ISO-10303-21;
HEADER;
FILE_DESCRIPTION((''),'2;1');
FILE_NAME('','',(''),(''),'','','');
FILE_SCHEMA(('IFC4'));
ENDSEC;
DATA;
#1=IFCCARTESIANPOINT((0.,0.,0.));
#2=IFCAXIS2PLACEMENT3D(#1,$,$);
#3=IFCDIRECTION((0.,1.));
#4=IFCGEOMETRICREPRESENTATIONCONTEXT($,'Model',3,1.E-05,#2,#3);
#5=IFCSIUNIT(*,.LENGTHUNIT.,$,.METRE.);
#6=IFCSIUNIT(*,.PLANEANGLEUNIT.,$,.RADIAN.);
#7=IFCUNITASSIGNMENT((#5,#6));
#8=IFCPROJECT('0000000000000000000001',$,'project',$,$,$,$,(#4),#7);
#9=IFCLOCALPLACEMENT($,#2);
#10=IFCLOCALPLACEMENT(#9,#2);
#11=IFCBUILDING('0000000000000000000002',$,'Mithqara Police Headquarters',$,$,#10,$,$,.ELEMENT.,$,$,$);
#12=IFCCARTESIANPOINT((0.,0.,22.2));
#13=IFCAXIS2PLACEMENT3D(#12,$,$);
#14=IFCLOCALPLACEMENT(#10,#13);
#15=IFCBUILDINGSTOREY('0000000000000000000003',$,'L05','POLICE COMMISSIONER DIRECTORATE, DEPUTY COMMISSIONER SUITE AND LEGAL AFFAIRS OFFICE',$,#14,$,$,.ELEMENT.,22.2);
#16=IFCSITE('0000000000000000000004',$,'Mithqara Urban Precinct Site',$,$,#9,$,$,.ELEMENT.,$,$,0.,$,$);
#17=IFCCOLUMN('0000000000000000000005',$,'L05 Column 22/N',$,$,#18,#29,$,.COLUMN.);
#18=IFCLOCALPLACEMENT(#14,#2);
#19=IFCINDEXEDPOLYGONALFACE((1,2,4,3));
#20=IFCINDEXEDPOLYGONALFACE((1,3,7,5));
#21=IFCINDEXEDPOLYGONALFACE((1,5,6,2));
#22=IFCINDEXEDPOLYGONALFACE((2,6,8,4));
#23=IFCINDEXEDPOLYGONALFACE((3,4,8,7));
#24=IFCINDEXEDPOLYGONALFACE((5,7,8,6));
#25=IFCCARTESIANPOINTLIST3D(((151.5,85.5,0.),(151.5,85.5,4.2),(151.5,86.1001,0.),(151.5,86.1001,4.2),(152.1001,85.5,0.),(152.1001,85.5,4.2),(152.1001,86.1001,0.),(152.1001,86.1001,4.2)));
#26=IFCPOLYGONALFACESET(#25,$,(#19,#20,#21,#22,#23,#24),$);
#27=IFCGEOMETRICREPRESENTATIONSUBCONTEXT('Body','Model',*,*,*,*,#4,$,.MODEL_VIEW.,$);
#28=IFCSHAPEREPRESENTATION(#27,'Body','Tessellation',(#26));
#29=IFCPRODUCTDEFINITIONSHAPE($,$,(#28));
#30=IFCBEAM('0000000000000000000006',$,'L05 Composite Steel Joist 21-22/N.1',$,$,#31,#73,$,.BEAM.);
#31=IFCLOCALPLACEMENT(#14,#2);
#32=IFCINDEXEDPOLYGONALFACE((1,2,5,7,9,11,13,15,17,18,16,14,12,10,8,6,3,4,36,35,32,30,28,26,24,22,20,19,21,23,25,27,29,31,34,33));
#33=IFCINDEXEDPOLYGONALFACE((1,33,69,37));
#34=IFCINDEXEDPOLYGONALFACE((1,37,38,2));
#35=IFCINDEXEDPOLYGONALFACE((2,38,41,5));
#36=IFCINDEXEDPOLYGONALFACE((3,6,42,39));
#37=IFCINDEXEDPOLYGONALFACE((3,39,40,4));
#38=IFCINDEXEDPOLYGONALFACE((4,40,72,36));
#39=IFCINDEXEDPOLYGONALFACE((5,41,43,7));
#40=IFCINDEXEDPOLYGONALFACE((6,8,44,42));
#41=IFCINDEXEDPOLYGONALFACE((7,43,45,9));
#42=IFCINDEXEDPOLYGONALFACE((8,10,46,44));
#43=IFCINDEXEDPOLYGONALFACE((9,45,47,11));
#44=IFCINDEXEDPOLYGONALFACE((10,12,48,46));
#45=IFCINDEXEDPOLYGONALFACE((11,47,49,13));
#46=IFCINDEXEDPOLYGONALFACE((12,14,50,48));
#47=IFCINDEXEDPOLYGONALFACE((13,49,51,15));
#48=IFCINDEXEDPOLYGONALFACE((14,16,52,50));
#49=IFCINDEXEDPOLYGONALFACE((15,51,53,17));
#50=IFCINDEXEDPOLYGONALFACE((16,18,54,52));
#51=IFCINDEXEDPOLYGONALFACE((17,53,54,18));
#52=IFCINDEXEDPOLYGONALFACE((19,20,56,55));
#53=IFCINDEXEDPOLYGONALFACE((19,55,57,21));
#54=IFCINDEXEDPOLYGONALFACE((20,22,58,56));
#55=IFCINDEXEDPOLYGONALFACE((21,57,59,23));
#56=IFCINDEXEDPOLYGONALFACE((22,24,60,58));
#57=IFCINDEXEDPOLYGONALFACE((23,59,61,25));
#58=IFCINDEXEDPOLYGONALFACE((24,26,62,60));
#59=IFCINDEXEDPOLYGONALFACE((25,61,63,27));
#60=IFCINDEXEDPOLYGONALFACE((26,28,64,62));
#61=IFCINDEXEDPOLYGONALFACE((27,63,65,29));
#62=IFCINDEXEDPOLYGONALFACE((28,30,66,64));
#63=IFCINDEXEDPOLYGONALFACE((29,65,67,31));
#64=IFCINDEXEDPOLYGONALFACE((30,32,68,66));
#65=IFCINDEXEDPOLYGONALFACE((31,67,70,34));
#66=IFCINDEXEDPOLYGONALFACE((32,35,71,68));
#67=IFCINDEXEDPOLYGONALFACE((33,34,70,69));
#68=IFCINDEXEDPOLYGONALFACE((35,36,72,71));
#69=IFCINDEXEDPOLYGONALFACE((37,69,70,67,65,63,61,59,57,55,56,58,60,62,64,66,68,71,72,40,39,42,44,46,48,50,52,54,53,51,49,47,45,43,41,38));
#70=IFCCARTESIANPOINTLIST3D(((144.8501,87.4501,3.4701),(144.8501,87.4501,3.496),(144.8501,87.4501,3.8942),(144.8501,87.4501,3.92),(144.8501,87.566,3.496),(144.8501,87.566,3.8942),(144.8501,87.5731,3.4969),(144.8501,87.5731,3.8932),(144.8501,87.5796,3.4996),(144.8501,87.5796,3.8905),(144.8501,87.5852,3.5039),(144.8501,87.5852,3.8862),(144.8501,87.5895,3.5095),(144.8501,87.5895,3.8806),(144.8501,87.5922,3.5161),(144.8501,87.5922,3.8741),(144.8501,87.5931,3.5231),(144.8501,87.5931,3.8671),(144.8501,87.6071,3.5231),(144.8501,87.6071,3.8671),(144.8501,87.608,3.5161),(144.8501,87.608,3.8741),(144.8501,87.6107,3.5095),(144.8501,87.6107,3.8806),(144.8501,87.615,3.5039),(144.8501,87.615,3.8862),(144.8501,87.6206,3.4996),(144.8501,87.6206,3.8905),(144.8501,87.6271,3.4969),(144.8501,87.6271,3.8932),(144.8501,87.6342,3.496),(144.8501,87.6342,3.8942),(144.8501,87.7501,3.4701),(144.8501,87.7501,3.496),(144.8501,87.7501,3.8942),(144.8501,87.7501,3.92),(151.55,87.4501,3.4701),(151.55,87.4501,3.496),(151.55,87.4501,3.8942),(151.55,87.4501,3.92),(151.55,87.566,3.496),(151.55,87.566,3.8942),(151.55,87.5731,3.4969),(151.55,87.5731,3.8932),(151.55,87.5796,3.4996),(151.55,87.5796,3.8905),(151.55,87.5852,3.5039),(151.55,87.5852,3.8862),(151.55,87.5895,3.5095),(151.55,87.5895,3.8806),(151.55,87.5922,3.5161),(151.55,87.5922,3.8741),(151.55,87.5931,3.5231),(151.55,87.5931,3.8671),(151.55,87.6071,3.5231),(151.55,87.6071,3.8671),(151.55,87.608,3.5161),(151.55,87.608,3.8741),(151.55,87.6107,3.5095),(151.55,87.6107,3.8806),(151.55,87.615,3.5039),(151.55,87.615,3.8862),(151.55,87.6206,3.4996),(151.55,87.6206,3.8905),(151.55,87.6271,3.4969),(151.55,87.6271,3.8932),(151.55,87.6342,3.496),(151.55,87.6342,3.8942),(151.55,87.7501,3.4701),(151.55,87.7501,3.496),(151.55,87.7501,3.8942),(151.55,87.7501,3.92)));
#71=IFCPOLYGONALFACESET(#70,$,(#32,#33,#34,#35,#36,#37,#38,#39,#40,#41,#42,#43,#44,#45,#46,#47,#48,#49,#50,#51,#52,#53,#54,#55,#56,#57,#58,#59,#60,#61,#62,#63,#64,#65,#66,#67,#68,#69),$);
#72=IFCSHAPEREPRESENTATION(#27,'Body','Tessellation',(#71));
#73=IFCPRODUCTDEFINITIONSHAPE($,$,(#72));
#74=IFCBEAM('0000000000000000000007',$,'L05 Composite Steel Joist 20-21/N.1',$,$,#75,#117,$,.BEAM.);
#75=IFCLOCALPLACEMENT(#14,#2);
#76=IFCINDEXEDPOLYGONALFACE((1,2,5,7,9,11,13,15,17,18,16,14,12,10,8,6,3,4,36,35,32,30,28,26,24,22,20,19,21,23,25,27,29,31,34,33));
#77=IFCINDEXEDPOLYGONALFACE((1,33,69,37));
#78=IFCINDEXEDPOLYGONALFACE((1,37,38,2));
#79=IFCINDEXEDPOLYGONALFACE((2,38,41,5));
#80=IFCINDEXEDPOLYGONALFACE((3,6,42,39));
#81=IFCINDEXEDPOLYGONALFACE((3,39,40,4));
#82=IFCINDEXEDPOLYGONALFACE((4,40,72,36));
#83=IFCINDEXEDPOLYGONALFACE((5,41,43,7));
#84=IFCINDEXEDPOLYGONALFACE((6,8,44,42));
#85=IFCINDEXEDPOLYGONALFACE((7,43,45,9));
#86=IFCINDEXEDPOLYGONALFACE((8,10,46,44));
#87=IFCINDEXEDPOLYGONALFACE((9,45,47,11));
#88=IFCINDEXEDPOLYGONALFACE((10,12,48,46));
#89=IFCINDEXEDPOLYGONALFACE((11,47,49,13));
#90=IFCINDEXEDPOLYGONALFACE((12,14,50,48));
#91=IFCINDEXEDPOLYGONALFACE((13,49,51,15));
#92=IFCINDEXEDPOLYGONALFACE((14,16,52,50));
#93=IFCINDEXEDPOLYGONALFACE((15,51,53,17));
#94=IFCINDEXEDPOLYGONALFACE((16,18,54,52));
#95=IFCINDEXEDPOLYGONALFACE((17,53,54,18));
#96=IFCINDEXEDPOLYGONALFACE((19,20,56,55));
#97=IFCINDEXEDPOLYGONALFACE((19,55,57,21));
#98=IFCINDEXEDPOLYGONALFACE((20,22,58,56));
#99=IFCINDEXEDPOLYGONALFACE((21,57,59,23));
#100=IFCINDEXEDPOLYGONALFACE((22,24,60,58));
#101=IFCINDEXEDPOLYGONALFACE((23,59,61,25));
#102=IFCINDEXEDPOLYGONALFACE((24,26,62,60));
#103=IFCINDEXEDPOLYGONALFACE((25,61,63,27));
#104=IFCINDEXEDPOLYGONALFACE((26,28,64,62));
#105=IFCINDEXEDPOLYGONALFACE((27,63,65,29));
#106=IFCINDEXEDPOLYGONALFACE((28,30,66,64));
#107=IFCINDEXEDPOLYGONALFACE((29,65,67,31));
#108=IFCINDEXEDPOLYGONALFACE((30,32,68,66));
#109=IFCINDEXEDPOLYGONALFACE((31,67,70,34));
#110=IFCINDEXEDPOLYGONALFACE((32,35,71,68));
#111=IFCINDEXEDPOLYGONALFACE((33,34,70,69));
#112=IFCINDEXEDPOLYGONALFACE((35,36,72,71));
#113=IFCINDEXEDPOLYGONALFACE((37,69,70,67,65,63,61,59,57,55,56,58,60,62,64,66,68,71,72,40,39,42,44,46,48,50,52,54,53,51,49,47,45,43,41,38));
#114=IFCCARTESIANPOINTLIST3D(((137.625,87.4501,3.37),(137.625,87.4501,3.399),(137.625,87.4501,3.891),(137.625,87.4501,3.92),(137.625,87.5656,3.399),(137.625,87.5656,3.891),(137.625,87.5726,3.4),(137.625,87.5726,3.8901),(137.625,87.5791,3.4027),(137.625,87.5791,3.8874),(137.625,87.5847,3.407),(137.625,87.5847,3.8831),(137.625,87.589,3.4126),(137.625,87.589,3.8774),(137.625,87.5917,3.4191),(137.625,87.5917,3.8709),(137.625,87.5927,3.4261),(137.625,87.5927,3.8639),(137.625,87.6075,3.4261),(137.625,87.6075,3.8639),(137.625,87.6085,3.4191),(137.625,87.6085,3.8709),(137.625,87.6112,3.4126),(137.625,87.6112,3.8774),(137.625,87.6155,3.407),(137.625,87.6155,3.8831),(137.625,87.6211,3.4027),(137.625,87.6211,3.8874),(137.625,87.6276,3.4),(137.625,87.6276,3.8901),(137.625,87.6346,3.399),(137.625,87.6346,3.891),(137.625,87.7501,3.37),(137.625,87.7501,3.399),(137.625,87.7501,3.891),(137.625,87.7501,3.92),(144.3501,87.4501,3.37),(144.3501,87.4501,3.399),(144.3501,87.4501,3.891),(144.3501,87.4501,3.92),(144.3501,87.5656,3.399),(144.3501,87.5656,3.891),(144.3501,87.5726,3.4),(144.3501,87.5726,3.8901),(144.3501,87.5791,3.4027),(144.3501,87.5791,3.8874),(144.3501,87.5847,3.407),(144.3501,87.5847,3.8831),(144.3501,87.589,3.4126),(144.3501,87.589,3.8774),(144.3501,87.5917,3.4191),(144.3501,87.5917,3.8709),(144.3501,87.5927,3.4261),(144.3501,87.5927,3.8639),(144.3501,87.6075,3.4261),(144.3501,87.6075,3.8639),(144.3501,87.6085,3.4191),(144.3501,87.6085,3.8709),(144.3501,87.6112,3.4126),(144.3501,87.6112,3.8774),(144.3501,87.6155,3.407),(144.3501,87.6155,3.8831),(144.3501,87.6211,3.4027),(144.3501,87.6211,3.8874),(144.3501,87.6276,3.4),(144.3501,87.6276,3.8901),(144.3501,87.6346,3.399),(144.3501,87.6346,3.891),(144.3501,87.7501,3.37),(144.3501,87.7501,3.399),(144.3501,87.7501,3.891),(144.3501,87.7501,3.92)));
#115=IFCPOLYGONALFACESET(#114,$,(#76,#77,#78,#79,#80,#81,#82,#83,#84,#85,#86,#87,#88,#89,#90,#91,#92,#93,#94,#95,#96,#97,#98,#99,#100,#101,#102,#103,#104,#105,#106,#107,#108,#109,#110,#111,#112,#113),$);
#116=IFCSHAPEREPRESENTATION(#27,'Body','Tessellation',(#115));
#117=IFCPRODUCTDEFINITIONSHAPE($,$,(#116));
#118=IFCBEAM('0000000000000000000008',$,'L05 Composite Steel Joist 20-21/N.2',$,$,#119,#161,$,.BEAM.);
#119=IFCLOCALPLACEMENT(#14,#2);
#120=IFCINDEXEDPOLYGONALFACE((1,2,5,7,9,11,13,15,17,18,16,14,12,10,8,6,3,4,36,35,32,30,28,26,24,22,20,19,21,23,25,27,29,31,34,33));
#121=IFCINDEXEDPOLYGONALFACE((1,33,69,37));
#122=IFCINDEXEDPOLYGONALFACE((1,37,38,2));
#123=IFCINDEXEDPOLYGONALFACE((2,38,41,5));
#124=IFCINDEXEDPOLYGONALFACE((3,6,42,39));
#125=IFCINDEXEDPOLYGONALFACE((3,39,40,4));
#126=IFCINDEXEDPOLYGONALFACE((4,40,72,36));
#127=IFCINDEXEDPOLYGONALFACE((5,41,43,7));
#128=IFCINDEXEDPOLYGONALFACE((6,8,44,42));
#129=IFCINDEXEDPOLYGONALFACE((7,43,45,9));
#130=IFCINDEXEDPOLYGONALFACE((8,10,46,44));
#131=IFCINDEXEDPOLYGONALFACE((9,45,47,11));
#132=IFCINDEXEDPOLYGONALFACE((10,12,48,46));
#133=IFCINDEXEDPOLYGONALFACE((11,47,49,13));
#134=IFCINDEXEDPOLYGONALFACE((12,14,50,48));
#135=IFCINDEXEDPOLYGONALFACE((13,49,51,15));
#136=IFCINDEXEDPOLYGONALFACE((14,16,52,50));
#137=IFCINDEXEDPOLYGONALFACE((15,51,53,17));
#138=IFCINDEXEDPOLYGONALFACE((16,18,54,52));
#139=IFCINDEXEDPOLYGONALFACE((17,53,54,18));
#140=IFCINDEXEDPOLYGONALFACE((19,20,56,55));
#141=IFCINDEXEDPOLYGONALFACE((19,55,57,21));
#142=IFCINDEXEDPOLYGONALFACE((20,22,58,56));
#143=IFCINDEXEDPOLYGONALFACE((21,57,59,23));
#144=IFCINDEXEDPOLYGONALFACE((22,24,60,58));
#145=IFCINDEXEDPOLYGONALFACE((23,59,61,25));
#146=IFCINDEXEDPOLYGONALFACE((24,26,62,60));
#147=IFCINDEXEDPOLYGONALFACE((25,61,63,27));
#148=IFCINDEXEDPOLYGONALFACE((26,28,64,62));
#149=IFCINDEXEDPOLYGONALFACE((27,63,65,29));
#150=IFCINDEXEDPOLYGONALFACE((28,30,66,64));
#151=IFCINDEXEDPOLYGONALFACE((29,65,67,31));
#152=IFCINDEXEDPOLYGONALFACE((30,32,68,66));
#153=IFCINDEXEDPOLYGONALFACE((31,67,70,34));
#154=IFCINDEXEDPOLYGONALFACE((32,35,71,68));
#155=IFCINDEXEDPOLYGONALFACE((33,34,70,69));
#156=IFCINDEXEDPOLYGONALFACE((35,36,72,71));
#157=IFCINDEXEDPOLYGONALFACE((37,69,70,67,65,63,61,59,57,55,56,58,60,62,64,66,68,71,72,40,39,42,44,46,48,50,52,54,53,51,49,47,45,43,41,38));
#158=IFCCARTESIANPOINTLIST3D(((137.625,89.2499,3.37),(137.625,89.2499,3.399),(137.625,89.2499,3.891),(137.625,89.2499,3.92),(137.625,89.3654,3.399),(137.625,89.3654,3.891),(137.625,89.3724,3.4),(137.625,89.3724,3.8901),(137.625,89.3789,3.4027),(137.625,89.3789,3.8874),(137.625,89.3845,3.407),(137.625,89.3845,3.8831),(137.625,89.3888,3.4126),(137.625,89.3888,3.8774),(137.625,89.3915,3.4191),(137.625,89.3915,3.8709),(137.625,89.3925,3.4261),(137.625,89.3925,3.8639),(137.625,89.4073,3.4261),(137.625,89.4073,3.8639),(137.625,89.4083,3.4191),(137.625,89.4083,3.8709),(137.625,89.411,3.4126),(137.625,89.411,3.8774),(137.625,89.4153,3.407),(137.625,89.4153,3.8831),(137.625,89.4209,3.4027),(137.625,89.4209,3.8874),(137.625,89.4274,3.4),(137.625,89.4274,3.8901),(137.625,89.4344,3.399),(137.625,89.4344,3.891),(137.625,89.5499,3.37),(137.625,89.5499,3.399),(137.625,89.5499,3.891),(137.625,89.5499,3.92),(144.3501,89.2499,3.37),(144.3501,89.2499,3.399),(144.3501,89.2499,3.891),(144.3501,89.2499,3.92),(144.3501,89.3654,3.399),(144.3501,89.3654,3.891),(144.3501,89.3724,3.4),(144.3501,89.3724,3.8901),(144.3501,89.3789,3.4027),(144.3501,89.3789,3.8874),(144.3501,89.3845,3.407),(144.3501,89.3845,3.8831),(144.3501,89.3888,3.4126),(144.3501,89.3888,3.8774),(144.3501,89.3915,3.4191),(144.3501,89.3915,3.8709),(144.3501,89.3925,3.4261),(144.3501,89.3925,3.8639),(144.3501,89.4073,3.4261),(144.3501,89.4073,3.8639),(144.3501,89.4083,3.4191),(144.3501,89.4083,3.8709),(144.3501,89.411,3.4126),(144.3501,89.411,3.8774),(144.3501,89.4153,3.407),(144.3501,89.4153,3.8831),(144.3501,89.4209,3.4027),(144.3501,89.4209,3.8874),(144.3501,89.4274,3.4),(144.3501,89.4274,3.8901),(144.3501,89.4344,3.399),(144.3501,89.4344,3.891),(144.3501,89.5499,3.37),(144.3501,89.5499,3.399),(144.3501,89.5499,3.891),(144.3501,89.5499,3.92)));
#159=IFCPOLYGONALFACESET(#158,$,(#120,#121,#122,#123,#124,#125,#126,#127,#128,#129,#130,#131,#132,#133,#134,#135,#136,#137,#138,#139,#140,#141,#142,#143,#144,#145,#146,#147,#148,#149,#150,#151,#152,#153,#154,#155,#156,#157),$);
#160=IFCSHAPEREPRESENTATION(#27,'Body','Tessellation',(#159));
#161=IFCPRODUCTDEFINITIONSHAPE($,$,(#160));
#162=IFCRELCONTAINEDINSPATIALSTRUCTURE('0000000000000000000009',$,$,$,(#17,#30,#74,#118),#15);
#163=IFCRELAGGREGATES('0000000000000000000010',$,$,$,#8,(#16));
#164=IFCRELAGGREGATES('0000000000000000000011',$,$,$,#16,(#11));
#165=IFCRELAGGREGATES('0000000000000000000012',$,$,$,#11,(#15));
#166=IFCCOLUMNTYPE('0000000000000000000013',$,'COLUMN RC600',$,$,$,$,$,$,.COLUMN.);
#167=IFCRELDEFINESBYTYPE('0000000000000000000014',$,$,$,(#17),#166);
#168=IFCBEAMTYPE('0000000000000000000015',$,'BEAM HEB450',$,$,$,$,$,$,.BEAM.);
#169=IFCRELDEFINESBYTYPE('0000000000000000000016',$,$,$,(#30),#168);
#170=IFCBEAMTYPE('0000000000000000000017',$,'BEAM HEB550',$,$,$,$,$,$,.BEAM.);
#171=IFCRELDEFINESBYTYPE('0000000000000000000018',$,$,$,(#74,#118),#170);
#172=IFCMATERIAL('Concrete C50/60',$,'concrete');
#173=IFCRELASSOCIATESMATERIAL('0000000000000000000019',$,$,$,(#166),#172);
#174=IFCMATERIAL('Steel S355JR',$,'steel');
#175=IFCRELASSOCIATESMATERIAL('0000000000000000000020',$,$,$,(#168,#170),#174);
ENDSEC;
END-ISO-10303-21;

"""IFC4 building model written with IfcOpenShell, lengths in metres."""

from ifc_helpers import new_model, si_unit, direction, frame, origin, origin_2d, place, context, subcontext, project, spatial, rectangle, i_section, extrude, material, material_profile, profile_set, type_object, element, save


model = new_model("IFC4")

# Units and contexts
model_context = context("Model", 3, precision=1e-05, world=origin(), true_north=direction((0.0, 1.0)))
body_context = subcontext(model_context, "Body", "Model", "MODEL_VIEW")
ifc_project = project(units=[si_unit("LENGTHUNIT", "METRE"), si_unit("PLANEANGLEUNIT", "RADIAN")], contexts=[model_context])

# Site, building, storey
site_placement = place(None, origin())
site = spatial("IfcSite", under=ifc_project, at=site_placement, Name="Mithqara Urban Precinct Site", CompositionType="ELEMENT", RefElevation=0.0)
building_placement = place(site_placement, origin())
building = spatial("IfcBuilding", under=site, at=building_placement, Name="Mithqara Police Headquarters", CompositionType="ELEMENT")
storey_placement = place(building_placement, frame((0.0, 0.0, 22.2)))
storey = spatial("IfcBuildingStorey", under=building, at=storey_placement, Name="L05", Description="POLICE COMMISSIONER DIRECTORATE, DEPUTY COMMISSIONER SUITE AND LEGAL AFFAIRS OFFICE", CompositionType="ELEMENT", Elevation=22.2)

# Column
ifc_material_1 = material(Name="Concrete C50/60", Category="concrete")
ifc_material_profile_1 = material_profile(ifc_material_1, rectangle(XDim=0.6001, YDim=0.6001, at=origin_2d()), Name="RC 600x600")
ifc_profile_set_1 = profile_set([ifc_material_profile_1], Name="Concrete C50/60")
column_type = type_object("IfcColumnType", Name="COLUMN RC600", PredefinedType="COLUMN", material=ifc_profile_set_1)
column_placement = place(storey_placement, frame((151.8, 85.8, 0.0), z_axis=(0.0, 0.0, 1.0), x_axis=(1.0, 0.0, 0.0)))
element("IfcColumn", 1, at=column_placement, inside=storey, type_object=column_type, Name="L05 Column 22/N", PredefinedType="COLUMN", context=body_context, shape_type="SweptSolid", body=[
    extrude(rectangle(XDim=0.6001, YDim=0.6001, at=origin_2d()), origin(), (0.0, 0.0, 1.0), 4.2),
])

# Beams
ifc_material_2 = material(Name="Steel S355JR", Category="steel")
ifc_material_profile_2 = material_profile(ifc_material_2, i_section(OverallWidth=0.3, OverallDepth=0.45, WebThickness=0.0139, FlangeThickness=0.0259, FilletRadius=0.0271, at=origin_2d()), Name="HEB 450")
ifc_profile_set_2 = profile_set([ifc_material_profile_2], Name="Steel S355JR")
beam_type_1 = type_object("IfcBeamType", Name="BEAM HEB450", PredefinedType="BEAM", material=ifc_profile_set_2)
beam_1_placement = place(storey_placement, frame((144.8501, 87.6001, 3.6951), z_axis=(1.0, 0.0, 0.0), x_axis=(0.0, 1.0, 0.0)))
element("IfcBeam", 2, at=beam_1_placement, inside=storey, type_object=beam_type_1, Name="L05 Composite Steel Joist 21-22/N.1", PredefinedType="BEAM", context=body_context, shape_type="SweptSolid", body=[
    extrude(i_section(OverallWidth=0.3, OverallDepth=0.45, WebThickness=0.0139, FlangeThickness=0.0259, FilletRadius=0.0271, at=origin_2d()), origin(), (0.0, 0.0, 1.0), 6.7),
])
ifc_material_profile_3 = material_profile(ifc_material_2, i_section(OverallWidth=0.3, OverallDepth=0.55, WebThickness=0.0149, FlangeThickness=0.0291, FilletRadius=0.0271, at=origin_2d()), Name="HEB 550")
ifc_profile_set_3 = profile_set([ifc_material_profile_3], Name="Steel S355JR")
beam_type_2 = type_object("IfcBeamType", Name="BEAM HEB550", PredefinedType="BEAM", material=ifc_profile_set_3)
for number, where, z_axis, x_axis, name in (
    (3, (137.625, 87.6001, 3.645), (1.0, 0.0, 0.0), (0.0, 1.0, 0.0), "L05 Composite Steel Joist 20-21/N.1"),
    (4, (137.625, 89.3999, 3.645), (1.0, 0.0, 0.0), (0.0, 1.0, 0.0), "L05 Composite Steel Joist 20-21/N.2"),
):
    element("IfcBeam", number, at=place(storey_placement, frame(where, z_axis=z_axis, x_axis=x_axis)), inside=storey, type_object=beam_type_2, Name=name, PredefinedType="BEAM", context=body_context, shape_type="SweptSolid", body=[
        extrude(i_section(OverallWidth=0.3, OverallDepth=0.55, WebThickness=0.0149, FlangeThickness=0.0291, FilletRadius=0.0271, at=origin_2d()), origin(), (0.0, 0.0, 1.0), 6.7251),
    ])

save(model, "model.ifc")
